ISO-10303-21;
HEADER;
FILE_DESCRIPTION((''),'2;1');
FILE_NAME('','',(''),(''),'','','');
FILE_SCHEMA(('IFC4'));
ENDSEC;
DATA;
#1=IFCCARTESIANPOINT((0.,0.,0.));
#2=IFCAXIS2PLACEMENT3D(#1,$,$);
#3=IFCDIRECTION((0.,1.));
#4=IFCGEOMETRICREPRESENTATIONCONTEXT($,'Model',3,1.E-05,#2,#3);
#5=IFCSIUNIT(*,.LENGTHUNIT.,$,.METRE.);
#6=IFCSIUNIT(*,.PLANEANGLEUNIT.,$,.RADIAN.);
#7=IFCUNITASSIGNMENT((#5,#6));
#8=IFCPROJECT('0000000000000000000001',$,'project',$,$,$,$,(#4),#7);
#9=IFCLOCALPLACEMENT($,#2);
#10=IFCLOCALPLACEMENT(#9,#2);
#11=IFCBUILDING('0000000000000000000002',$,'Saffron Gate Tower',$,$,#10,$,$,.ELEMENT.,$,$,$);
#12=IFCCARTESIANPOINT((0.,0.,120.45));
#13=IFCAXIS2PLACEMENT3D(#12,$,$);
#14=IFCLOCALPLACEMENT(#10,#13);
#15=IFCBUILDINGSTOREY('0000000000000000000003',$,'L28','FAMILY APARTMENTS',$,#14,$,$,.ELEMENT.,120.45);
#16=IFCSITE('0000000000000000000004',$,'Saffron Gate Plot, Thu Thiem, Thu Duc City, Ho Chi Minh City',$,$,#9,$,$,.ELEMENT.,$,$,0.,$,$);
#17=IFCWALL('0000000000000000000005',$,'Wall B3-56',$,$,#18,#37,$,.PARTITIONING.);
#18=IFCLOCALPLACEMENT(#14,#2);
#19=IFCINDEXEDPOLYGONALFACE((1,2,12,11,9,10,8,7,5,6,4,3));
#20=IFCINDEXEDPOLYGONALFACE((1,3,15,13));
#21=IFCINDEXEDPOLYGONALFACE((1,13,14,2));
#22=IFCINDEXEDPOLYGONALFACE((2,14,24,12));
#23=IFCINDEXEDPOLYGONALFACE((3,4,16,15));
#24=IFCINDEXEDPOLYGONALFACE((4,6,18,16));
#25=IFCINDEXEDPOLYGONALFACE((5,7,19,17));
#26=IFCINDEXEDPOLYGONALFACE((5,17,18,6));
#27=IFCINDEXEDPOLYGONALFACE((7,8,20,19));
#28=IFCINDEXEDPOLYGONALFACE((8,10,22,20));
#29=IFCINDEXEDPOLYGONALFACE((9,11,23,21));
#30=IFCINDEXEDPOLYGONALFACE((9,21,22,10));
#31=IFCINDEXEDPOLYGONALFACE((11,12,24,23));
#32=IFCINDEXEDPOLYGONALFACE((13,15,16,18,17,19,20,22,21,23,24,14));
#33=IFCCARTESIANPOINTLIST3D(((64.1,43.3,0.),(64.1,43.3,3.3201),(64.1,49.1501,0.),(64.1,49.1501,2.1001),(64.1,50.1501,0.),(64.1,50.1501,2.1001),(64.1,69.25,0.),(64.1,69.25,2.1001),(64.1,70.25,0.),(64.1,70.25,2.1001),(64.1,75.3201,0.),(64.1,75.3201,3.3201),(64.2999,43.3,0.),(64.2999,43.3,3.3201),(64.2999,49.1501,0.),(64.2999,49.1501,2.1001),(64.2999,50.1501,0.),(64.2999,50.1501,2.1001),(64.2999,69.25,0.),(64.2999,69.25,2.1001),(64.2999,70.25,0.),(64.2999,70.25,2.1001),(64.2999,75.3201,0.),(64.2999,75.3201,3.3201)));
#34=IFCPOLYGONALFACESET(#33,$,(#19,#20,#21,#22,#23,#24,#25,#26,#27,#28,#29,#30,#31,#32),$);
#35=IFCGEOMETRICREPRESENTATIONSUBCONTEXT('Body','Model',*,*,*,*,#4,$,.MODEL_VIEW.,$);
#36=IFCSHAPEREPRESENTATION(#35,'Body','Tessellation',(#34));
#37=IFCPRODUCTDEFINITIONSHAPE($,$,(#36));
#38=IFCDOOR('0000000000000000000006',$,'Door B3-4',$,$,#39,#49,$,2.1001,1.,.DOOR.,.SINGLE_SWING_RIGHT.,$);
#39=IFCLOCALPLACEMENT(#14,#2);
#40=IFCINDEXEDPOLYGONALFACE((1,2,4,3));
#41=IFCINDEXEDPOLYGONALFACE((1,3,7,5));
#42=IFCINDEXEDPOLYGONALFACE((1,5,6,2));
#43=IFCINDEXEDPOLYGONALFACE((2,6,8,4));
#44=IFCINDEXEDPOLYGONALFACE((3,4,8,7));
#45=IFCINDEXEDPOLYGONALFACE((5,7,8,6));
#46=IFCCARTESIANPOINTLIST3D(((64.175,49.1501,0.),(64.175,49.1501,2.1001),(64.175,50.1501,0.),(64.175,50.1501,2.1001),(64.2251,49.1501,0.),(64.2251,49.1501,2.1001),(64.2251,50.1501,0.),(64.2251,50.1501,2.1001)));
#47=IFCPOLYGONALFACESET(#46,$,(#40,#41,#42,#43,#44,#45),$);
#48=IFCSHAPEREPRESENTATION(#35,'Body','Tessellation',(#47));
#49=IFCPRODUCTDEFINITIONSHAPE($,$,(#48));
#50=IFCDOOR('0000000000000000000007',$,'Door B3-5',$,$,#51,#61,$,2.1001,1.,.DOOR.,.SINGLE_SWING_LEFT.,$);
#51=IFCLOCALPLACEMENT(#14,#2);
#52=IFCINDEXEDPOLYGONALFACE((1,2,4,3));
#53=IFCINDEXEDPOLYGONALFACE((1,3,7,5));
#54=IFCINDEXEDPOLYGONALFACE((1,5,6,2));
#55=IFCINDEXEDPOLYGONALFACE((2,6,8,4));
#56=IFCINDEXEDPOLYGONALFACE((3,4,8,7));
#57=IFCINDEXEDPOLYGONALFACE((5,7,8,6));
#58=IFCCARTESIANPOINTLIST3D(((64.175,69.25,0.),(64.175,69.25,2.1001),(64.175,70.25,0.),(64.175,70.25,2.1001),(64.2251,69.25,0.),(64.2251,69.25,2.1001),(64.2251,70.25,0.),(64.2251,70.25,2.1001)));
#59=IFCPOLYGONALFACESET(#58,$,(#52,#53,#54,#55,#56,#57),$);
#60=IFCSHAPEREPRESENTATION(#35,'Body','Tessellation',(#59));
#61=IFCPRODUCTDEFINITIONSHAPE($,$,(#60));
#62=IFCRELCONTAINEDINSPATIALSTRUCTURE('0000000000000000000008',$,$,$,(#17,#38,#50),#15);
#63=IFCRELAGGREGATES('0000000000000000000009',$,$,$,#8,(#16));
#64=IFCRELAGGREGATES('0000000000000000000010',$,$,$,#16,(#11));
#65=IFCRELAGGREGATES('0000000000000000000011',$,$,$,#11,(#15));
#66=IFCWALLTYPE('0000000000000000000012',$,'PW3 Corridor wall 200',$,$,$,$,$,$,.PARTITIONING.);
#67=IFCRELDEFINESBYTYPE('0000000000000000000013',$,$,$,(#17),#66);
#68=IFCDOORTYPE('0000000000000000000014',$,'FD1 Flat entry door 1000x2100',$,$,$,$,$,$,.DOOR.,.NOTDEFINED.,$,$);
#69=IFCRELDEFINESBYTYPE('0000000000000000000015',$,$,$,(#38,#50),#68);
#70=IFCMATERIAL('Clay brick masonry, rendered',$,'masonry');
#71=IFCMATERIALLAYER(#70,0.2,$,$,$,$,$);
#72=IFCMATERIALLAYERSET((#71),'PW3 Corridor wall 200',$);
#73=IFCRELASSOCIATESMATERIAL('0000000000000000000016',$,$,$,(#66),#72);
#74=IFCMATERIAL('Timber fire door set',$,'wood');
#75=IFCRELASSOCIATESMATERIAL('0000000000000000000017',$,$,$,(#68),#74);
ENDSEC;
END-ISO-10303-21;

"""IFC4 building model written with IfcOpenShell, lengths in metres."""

from ifc_helpers import new_model, si_unit, direction, frame, frame_2d, origin, place, context, subcontext, project, spatial, rectangle, extrude, material, layer, layer_set, type_object, element, fill, save


model = new_model("IFC4")

# Units and contexts
model_context = context("Model", 3, precision=1e-05, world=origin(), true_north=direction((0.0, 1.0)))
body_context = subcontext(model_context, "Body", "Model", "MODEL_VIEW")
ifc_project = project(units=[si_unit("LENGTHUNIT", "METRE"), si_unit("PLANEANGLEUNIT", "RADIAN")], contexts=[model_context])

# Site, building, storey
site_placement = place(None, origin())
site = spatial("IfcSite", under=ifc_project, at=site_placement, Name="Saffron Gate Plot, Thu Thiem, Thu Duc City, Ho Chi Minh City", CompositionType="ELEMENT", RefElevation=0.0)
building_placement = place(site_placement, origin())
building = spatial("IfcBuilding", under=site, at=building_placement, Name="Saffron Gate Tower", CompositionType="ELEMENT")
storey_placement = place(building_placement, frame((0.0, 0.0, 120.45)))
storey = spatial("IfcBuildingStorey", under=building, at=storey_placement, Name="L28", Description="FAMILY APARTMENTS", CompositionType="ELEMENT", Elevation=120.45)

# Wall, openings, doors
ifc_material_1 = material(Name="Clay brick masonry, rendered", Category="masonry")
ifc_layer_1 = layer(ifc_material_1, 0.2)
ifc_layer_set_1 = layer_set([ifc_layer_1], Name="PW3 Corridor wall 200")
wall_type_1 = type_object("IfcWallType", Name="PW3 Corridor wall 200", PredefinedType="PARTITIONING", material=ifc_layer_set_1)
wall_1_placement = place(storey_placement, frame((64.2, 43.3, 0.0), z_axis=(0.0, 0.0, 1.0), x_axis=(0.0, 1.0, 0.0)))
wall_1 = element("IfcWall", 1, at=wall_1_placement, inside=storey, type_object=wall_type_1, Name="Wall B3-56", PredefinedType="PARTITIONING", context=body_context, shape_type="SweptSolid", body=[
    extrude(rectangle(XDim=32.02, YDim=0.2, at=frame_2d((16.01, 0.0))), origin(), (0.0, 0.0, 1.0), 3.3201),
])
opening_1_placement = place(wall_1_placement, frame((5.8501, 0.0, 0.0)))
opening_1 = element("IfcOpeningElement", 2, at=opening_1_placement, cuts=wall_1, PredefinedType="OPENING", context=body_context, shape_type="SweptSolid", body=[
    extrude(rectangle(XDim=1.0, YDim=2.1001, at=frame_2d((0.5, 1.05))), frame((0.0, 0.1099, 0.0), z_axis=(0.0, -1.0, 0.0), x_axis=(1.0, 0.0, 0.0)), (0.0, 0.0, 1.0), 0.22),
])
opening_2_placement = place(wall_1_placement, frame((25.95, 0.0, 0.0)))
opening_2 = element("IfcOpeningElement", 3, at=opening_2_placement, cuts=wall_1, PredefinedType="OPENING", context=body_context, shape_type="SweptSolid", body=[
    extrude(rectangle(XDim=1.0, YDim=2.1001, at=frame_2d((0.5, 1.05))), frame((0.0, 0.1099, 0.0), z_axis=(0.0, -1.0, 0.0), x_axis=(1.0, 0.0, 0.0)), (0.0, 0.0, 1.0), 0.22),
])
ifc_material_2 = material(Name="Timber fire door set", Category="wood")
door_type_1 = type_object("IfcDoorType", Name="FD1 Flat entry door 1000x2100", OperationType="NOTDEFINED", PredefinedType="DOOR", material=ifc_material_2)
door_1_placement = place(opening_1_placement, origin())
door_1 = element("IfcDoor", 4, at=door_1_placement, inside=storey, type_object=door_type_1, Name="Door B3-4", OperationType="SINGLE_SWING_RIGHT", OverallHeight=2.1001, OverallWidth=1.0, PredefinedType="DOOR", context=body_context, shape_type="SweptSolid", body=[
    extrude(rectangle(XDim=1.0, YDim=2.1001, at=frame_2d((0.5, 1.05))), frame((0.0, 0.0249, 0.0), z_axis=(0.0, -1.0, 0.0), x_axis=(1.0, 0.0, 0.0)), (0.0, 0.0, 1.0), 0.05),
])
fill(opening_1, door_1)
door_2_placement = place(opening_2_placement, origin())
door_2 = element("IfcDoor", 5, at=door_2_placement, inside=storey, type_object=door_type_1, Name="Door B3-5", OperationType="SINGLE_SWING_LEFT", OverallHeight=2.1001, OverallWidth=1.0, PredefinedType="DOOR", context=body_context, shape_type="SweptSolid", body=[
    extrude(rectangle(XDim=1.0, YDim=2.1001, at=frame_2d((0.5, 1.05))), frame((0.0, 0.0249, 0.0), z_axis=(0.0, -1.0, 0.0), x_axis=(1.0, 0.0, 0.0)), (0.0, 0.0, 1.0), 0.05),
])
fill(opening_2, door_2)

save(model, "model.ifc")
